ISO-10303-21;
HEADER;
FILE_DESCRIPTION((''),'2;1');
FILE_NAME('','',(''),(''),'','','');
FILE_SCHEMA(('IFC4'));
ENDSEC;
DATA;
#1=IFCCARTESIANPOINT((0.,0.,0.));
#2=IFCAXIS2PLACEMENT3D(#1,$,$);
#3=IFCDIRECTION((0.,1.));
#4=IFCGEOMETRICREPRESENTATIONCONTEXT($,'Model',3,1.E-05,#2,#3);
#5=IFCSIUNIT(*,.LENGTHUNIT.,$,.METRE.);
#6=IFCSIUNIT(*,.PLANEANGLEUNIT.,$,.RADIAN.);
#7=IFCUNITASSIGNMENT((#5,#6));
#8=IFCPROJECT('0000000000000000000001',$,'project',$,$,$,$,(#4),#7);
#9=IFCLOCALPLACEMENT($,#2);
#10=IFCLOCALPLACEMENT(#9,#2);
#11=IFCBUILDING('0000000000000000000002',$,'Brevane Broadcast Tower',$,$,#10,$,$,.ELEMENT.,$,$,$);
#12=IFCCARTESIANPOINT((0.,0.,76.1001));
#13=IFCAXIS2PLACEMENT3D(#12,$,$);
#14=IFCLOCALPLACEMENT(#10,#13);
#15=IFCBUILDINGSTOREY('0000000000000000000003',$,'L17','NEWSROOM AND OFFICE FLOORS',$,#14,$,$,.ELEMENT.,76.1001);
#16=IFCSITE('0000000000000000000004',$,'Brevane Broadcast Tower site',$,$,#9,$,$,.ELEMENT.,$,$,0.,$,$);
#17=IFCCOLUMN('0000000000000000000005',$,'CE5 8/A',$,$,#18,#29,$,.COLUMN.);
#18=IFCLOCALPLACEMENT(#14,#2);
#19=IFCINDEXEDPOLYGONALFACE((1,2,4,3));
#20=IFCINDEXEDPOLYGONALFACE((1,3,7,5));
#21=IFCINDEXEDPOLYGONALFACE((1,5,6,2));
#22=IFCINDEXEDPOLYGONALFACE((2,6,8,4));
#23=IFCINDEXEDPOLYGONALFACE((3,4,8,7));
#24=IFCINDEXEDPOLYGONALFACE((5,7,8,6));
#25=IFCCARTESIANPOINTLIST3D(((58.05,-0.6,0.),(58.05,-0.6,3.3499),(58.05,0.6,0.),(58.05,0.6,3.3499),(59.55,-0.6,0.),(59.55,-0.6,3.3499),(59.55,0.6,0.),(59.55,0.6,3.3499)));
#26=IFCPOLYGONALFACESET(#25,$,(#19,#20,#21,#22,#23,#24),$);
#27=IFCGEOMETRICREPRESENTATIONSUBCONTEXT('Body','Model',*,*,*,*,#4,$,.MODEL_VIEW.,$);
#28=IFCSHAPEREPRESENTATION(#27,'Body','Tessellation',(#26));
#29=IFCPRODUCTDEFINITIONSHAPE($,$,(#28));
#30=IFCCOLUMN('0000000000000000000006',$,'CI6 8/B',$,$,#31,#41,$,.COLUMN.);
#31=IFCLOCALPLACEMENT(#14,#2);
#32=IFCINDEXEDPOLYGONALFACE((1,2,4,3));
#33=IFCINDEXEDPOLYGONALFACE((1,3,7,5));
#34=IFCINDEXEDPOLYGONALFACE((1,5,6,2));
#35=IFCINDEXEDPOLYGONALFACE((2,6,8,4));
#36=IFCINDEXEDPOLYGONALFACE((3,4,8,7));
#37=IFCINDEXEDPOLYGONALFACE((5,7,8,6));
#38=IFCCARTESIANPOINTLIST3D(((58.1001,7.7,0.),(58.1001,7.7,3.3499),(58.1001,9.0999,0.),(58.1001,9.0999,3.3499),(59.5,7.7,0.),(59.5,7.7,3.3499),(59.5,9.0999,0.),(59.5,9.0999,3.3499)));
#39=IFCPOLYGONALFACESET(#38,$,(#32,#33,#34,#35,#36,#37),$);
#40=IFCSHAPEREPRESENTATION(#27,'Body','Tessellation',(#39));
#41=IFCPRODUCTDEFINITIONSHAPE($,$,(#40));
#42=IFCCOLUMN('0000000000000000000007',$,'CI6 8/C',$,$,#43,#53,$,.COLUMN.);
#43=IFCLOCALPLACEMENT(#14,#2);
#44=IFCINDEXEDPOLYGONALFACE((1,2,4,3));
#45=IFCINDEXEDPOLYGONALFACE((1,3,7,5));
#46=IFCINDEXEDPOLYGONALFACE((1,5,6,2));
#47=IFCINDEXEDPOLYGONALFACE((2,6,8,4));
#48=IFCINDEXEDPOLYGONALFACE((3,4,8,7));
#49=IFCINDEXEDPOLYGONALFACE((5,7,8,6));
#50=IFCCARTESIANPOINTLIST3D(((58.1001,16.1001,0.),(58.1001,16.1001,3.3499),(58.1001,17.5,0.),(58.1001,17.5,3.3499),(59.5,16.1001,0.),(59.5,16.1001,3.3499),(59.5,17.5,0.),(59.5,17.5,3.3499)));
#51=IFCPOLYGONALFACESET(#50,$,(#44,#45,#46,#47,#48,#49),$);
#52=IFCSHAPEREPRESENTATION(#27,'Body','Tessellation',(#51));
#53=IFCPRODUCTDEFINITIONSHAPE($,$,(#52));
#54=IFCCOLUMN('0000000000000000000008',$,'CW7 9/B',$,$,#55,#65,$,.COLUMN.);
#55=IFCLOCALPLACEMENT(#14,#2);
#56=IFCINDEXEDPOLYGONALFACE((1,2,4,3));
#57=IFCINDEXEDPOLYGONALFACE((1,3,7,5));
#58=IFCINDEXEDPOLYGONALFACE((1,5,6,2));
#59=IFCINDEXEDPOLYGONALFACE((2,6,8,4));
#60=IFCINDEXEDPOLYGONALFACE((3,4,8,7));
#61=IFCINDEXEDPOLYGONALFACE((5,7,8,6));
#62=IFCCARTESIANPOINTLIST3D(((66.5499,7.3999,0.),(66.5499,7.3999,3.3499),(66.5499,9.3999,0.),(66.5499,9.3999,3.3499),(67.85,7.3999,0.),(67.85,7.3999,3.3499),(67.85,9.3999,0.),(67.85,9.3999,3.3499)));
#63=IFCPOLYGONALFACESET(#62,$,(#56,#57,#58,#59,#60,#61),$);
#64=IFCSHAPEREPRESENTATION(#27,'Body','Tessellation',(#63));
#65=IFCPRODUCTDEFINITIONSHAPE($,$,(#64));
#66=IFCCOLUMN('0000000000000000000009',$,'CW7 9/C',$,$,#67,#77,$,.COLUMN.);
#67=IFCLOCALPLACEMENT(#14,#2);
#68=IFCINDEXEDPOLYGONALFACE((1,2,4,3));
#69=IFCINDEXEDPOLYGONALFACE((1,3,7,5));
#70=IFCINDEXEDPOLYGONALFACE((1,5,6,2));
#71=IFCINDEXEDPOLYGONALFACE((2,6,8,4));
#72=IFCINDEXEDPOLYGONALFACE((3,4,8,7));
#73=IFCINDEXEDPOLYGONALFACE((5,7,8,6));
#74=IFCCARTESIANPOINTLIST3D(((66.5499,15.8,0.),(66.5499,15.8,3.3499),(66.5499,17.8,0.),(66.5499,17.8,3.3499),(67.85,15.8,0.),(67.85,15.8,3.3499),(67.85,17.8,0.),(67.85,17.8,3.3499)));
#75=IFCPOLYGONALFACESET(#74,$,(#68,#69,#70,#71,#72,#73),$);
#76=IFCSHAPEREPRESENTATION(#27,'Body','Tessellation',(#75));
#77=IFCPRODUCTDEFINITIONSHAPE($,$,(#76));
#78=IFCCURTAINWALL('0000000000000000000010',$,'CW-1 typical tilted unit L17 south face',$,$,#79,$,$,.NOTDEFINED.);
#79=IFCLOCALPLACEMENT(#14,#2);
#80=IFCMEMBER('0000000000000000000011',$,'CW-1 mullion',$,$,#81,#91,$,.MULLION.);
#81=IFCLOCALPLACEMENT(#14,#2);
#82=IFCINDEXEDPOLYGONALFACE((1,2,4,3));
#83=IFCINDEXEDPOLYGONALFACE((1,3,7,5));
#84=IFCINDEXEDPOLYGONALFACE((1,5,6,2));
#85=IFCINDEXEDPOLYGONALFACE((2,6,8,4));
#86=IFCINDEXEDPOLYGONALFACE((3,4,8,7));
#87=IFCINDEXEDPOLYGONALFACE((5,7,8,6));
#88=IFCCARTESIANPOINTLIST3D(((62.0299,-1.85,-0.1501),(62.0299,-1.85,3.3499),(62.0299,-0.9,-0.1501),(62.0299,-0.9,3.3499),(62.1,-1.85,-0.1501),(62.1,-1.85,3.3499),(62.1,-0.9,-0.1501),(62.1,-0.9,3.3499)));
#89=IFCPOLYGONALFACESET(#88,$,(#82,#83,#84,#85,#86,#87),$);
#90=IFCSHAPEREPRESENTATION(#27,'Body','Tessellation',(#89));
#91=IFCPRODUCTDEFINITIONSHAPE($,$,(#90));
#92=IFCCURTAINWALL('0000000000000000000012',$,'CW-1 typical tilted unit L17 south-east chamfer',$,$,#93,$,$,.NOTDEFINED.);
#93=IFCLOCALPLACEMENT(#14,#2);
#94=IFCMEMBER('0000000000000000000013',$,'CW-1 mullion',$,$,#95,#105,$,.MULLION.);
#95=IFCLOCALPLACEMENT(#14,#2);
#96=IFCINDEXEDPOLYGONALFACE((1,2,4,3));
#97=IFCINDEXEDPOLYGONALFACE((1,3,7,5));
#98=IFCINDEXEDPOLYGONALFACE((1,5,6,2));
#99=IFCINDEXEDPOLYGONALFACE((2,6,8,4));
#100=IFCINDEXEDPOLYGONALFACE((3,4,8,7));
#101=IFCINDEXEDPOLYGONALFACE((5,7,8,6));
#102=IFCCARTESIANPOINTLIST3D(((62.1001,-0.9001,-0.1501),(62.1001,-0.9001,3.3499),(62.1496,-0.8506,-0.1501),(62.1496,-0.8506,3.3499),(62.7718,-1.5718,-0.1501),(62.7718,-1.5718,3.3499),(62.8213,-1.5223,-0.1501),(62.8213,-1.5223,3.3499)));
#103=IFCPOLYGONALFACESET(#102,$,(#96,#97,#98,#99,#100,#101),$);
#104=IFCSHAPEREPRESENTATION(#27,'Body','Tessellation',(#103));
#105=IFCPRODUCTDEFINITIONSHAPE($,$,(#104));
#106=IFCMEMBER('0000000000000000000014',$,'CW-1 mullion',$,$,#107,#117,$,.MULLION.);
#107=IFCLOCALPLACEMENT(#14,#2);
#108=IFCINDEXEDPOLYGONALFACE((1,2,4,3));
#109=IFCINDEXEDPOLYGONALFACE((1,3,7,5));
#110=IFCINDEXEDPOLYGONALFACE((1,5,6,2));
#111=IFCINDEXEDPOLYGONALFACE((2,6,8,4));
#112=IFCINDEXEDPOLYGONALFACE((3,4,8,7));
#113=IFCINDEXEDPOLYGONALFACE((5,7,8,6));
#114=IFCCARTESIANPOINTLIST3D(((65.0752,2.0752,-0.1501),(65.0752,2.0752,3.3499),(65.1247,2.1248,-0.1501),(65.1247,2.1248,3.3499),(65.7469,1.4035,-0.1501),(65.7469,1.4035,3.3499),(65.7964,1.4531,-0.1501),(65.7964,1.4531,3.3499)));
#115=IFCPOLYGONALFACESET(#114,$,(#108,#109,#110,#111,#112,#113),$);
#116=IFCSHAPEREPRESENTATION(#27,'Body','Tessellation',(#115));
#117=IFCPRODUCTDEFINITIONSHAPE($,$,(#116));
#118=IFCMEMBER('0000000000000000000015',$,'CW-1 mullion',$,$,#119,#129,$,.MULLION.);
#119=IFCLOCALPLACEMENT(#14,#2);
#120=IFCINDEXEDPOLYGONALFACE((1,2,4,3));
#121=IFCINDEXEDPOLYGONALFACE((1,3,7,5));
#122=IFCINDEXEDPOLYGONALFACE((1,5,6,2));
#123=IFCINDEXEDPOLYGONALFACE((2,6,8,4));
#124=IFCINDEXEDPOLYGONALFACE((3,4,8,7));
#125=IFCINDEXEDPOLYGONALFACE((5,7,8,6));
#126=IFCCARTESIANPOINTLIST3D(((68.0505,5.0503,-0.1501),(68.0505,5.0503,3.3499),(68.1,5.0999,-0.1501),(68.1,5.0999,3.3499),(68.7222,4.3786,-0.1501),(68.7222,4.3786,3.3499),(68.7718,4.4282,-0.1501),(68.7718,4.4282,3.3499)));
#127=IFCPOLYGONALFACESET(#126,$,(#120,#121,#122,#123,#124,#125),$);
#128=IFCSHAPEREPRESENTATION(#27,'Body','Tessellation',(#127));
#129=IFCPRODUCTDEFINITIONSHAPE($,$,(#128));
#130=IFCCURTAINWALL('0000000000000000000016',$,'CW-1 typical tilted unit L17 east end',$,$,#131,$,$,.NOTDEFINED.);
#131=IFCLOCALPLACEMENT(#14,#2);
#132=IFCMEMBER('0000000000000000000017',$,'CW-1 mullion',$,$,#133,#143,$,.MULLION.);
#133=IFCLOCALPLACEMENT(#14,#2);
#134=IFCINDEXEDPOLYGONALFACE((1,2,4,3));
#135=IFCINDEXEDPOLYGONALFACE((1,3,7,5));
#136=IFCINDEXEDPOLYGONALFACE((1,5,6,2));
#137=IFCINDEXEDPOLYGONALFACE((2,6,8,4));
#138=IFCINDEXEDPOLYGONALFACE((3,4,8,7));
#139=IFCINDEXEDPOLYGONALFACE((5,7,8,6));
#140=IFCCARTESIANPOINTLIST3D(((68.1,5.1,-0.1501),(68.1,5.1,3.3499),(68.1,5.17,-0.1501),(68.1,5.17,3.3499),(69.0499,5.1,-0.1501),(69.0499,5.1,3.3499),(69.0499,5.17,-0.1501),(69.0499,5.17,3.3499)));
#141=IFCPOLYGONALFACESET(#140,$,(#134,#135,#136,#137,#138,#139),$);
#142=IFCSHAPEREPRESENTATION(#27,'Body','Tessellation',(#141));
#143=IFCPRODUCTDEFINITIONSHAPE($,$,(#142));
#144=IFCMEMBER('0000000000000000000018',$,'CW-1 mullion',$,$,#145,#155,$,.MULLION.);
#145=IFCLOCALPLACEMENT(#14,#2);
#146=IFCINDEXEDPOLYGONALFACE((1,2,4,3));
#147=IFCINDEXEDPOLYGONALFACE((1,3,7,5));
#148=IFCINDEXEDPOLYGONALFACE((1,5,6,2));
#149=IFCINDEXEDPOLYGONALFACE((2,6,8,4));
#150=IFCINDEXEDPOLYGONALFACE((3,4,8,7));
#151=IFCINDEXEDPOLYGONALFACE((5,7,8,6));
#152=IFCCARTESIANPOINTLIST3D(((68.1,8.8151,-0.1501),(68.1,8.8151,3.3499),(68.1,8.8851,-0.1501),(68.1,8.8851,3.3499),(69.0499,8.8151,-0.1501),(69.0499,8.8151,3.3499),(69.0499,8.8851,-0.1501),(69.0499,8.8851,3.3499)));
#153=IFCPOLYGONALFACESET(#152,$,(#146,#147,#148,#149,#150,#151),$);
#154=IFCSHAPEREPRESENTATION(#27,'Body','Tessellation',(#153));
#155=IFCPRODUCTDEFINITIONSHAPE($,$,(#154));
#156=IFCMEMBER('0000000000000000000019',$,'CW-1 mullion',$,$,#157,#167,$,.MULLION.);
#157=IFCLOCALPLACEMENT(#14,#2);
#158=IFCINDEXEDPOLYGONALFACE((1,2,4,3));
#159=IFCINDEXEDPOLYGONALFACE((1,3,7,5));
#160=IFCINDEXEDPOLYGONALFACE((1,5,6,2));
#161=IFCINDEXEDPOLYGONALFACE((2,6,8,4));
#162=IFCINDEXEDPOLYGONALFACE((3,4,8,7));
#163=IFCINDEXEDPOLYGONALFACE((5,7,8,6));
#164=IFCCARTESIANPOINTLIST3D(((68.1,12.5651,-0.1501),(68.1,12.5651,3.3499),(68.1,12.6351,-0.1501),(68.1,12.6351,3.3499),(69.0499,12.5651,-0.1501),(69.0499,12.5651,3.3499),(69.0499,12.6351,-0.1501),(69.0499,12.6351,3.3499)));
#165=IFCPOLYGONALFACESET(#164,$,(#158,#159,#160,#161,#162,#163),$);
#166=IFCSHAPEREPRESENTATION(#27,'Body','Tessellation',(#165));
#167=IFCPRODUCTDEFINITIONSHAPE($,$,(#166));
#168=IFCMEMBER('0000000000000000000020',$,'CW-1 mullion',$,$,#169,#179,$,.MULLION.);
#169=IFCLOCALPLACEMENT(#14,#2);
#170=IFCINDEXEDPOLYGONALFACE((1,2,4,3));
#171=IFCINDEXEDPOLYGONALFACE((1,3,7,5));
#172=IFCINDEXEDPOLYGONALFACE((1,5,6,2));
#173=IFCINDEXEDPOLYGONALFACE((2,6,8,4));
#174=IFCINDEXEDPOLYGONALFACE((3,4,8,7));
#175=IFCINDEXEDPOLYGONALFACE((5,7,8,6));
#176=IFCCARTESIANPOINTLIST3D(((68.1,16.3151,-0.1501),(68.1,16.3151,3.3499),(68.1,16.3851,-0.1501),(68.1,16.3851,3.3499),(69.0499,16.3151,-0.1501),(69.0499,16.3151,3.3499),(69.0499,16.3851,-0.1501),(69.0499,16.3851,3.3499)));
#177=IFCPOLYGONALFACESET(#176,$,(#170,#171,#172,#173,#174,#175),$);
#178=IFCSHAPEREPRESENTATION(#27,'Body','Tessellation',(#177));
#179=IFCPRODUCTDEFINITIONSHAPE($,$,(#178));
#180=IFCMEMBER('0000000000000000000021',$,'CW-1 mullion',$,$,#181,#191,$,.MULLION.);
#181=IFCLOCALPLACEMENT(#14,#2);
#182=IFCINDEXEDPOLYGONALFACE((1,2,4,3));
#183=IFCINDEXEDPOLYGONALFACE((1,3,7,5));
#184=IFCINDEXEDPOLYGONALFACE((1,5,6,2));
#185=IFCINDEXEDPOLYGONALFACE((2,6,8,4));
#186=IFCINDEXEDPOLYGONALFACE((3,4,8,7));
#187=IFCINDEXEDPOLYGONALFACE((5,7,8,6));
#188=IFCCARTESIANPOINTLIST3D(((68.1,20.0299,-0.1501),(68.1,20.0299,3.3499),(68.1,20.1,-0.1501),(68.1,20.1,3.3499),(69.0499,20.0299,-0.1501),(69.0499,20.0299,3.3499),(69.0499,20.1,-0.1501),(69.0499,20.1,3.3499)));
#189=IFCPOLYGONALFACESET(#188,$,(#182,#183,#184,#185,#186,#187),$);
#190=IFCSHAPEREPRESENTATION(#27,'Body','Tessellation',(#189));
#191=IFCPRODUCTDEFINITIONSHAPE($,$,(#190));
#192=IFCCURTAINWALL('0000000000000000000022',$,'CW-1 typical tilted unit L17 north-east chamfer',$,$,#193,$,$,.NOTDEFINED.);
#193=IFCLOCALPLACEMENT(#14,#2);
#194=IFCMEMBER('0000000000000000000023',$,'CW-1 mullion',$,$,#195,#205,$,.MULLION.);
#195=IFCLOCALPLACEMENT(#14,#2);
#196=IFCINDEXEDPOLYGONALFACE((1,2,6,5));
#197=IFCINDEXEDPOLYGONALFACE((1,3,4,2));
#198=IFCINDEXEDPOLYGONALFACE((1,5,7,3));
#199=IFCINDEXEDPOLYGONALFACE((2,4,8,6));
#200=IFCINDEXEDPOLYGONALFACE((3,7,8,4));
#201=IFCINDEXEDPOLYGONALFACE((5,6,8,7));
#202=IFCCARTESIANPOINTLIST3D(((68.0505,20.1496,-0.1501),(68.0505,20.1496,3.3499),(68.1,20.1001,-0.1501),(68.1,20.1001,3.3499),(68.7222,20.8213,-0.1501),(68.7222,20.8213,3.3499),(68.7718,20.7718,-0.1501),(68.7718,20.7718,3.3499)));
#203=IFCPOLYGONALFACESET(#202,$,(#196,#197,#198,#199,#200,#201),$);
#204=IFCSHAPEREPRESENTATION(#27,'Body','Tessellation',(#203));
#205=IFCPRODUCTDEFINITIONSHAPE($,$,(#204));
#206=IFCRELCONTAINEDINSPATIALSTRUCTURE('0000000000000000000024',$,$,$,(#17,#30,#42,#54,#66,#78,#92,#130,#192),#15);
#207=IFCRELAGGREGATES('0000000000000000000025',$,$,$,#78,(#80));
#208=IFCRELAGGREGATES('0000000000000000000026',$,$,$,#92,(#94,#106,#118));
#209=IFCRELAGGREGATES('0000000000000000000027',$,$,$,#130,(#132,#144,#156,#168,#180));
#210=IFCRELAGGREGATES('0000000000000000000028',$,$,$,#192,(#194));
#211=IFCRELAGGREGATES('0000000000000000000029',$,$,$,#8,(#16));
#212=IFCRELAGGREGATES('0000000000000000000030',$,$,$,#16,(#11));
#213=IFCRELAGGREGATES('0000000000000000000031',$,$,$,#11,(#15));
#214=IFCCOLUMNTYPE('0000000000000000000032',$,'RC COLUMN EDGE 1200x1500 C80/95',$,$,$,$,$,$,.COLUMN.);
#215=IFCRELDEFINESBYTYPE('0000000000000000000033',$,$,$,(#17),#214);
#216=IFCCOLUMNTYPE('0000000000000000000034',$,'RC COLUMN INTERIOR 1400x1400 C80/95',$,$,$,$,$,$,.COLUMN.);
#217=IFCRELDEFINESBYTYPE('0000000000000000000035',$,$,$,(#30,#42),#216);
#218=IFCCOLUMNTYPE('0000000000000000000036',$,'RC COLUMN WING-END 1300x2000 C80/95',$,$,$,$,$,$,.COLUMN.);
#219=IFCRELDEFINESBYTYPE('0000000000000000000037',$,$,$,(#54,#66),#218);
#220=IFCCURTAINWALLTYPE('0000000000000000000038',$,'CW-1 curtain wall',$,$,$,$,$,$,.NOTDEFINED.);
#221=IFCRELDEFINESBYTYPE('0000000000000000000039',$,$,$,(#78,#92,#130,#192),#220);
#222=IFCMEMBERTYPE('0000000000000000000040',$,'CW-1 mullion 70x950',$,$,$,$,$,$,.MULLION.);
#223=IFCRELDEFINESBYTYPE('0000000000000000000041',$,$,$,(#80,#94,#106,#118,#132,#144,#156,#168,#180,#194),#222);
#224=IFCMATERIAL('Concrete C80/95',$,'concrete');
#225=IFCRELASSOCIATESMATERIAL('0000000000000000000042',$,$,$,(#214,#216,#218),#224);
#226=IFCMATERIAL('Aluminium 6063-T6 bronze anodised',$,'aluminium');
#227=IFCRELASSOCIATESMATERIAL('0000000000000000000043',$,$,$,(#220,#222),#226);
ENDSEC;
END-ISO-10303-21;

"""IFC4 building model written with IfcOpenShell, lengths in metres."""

from ifc_helpers import new_model, si_unit, direction, frame, origin, origin_2d, place, context, subcontext, project, spatial, rectangle, extrude, material, material_profile, profile_set, type_object, element, aggregate, save


model = new_model("IFC4")

# Units and contexts
model_context = context("Model", 3, precision=1e-05, world=origin(), true_north=direction((0.0, 1.0)))
body_context = subcontext(model_context, "Body", "Model", "MODEL_VIEW")
ifc_project = project(units=[si_unit("LENGTHUNIT", "METRE"), si_unit("PLANEANGLEUNIT", "RADIAN")], contexts=[model_context])

# Site, building, storey
site_placement = place(None, origin())
site = spatial("IfcSite", under=ifc_project, at=site_placement, Name="Brevane Broadcast Tower site", CompositionType="ELEMENT", RefElevation=0.0)
building_placement = place(site_placement, origin())
building = spatial("IfcBuilding", under=site, at=building_placement, Name="Brevane Broadcast Tower", CompositionType="ELEMENT")
storey_placement = place(building_placement, frame((0.0, 0.0, 76.1001)))
storey = spatial("IfcBuildingStorey", under=building, at=storey_placement, Name="L17", Description="NEWSROOM AND OFFICE FLOORS", CompositionType="ELEMENT", Elevation=76.1001)

# Columns
ifc_material_1 = material(Name="Concrete C80/95", Category="concrete")
ifc_material_profile_1 = material_profile(ifc_material_1, rectangle(XDim=1.2, YDim=1.5, at=origin_2d()), Name="RC 1200x1500")
ifc_profile_set_1 = profile_set([ifc_material_profile_1], Name="Concrete C80/95")
column_type_1 = type_object("IfcColumnType", Name="RC COLUMN EDGE 1200x1500 C80/95", PredefinedType="COLUMN", material=ifc_profile_set_1)
column_placement = place(storey_placement, frame((58.8, 0.0, 0.0), z_axis=(0.0, 0.0, 1.0), x_axis=(0.0, 1.0, 0.0)))
element("IfcColumn", 1, at=column_placement, inside=storey, type_object=column_type_1, Name="CE5 8/A", PredefinedType="COLUMN", context=body_context, shape_type="SweptSolid", body=[
    extrude(rectangle(XDim=1.2, YDim=1.5, at=origin_2d()), origin(), (0.0, 0.0, 1.0), 3.3499),
])
ifc_material_profile_2 = material_profile(ifc_material_1, rectangle(XDim=1.3999, YDim=1.3999, at=origin_2d()), Name="RC 1400x1400")
ifc_profile_set_2 = profile_set([ifc_material_profile_2], Name="Concrete C80/95")
column_type_2 = type_object("IfcColumnType", Name="RC COLUMN INTERIOR 1400x1400 C80/95", PredefinedType="COLUMN", material=ifc_profile_set_2)
for number, where, z_axis, x_axis, name in (
    (2, (58.8, 8.3999, 0.0), (0.0, 0.0, 1.0), (1.0, 0.0, 0.0), "CI6 8/B"),
    (3, (58.8, 16.8, 0.0), (0.0, 0.0, 1.0), (1.0, 0.0, 0.0), "CI6 8/C"),
):
    element("IfcColumn", number, at=place(storey_placement, frame(where, z_axis=z_axis, x_axis=x_axis)), inside=storey, type_object=column_type_2, Name=name, PredefinedType="COLUMN", context=body_context, shape_type="SweptSolid", body=[
        extrude(rectangle(XDim=1.3999, YDim=1.3999, at=origin_2d()), origin(), (0.0, 0.0, 1.0), 3.3499),
    ])
ifc_material_profile_3 = material_profile(ifc_material_1, rectangle(XDim=1.3, YDim=2.0, at=origin_2d()), Name="RC 1300x2000")
ifc_profile_set_3 = profile_set([ifc_material_profile_3], Name="Concrete C80/95")
column_type_3 = type_object("IfcColumnType", Name="RC COLUMN WING-END 1300x2000 C80/95", PredefinedType="COLUMN", material=ifc_profile_set_3)
for number, where, z_axis, x_axis, name in (
    (4, (67.2, 8.3999, 0.0), (0.0, 0.0, 1.0), (1.0, 0.0, 0.0), "CW7 9/B"),
    (5, (67.2, 16.8, 0.0), (0.0, 0.0, 1.0), (1.0, 0.0, 0.0), "CW7 9/C"),
):
    element("IfcColumn", number, at=place(storey_placement, frame(where, z_axis=z_axis, x_axis=x_axis)), inside=storey, type_object=column_type_3, Name=name, PredefinedType="COLUMN", context=body_context, shape_type="SweptSolid", body=[
        extrude(rectangle(XDim=1.3, YDim=2.0, at=origin_2d()), origin(), (0.0, 0.0, 1.0), 3.3499),
    ])

# Curtain wall, member
ifc_material_2 = material(Name="Aluminium 6063-T6 bronze anodised", Category="aluminium")
curtain_wall_type = type_object("IfcCurtainWallType", Name="CW-1 curtain wall", PredefinedType="NOTDEFINED", material=ifc_material_2)
curtain_wall_1_placement = place(storey_placement, origin())
curtain_wall_1 = element("IfcCurtainWall", 6, at=curtain_wall_1_placement, inside=storey, type_object=curtain_wall_type, Name="CW-1 typical tilted unit L17 south face", PredefinedType="NOTDEFINED")
ifc_material_profile_4 = material_profile(ifc_material_2, rectangle(XDim=0.95, YDim=0.0701, at=origin_2d()), Name="RECT 70x950")
ifc_profile_set_4 = profile_set([ifc_material_profile_4], Name="Aluminium 6063-T6 bronze anodised")
member_type_1 = type_object("IfcMemberType", Name="CW-1 mullion 70x950", PredefinedType="MULLION", material=ifc_profile_set_4)
member_1_placement = place(storey_placement, frame((62.0649, -1.375, -0.1501), z_axis=(0.0, 0.0, 1.0), x_axis=(0.0, 1.0, 0.0)))
member_1 = element("IfcMember", 7, at=member_1_placement, type_object=member_type_1, Name="CW-1 mullion", PredefinedType="MULLION", context=body_context, shape_type="SweptSolid", body=[
    extrude(rectangle(XDim=0.95, YDim=0.0701, at=origin_2d()), origin(), (0.0, 0.0, 1.0), 3.5),
])
aggregate(curtain_wall_1, [member_1])

# Curtain walls, members
curtain_wall_2_placement = place(storey_placement, origin())
curtain_wall_2 = element("IfcCurtainWall", 8, at=curtain_wall_2_placement, inside=storey, type_object=curtain_wall_type, Name="CW-1 typical tilted unit L17 south-east chamfer", PredefinedType="NOTDEFINED")
member_2_placement = place(storey_placement, frame((62.4607, -1.2112, -0.1501), z_axis=(0.0, 0.0, 1.0), x_axis=(-0.707107, 0.707107, 0.0)))
member_2 = element("IfcMember", 9, at=member_2_placement, type_object=member_type_1, Name="CW-1 mullion", PredefinedType="MULLION", context=body_context, shape_type="SweptSolid", body=[
    extrude(rectangle(XDim=0.95, YDim=0.0701, at=origin_2d()), origin(), (0.0, 0.0, 1.0), 3.5),
])
member_3_placement = place(storey_placement, frame((65.4358, 1.7642, -0.1501), z_axis=(0.0, 0.0, 1.0), x_axis=(-0.707107, 0.707107, 0.0)))
member_3 = element("IfcMember", 10, at=member_3_placement, type_object=member_type_1, Name="CW-1 mullion", PredefinedType="MULLION", context=body_context, shape_type="SweptSolid", body=[
    extrude(rectangle(XDim=0.95, YDim=0.0701, at=origin_2d()), origin(), (0.0, 0.0, 1.0), 3.5),
])
member_4_placement = place(storey_placement, frame((68.4111, 4.7393, -0.1501), z_axis=(0.0, 0.0, 1.0), x_axis=(-0.707107, 0.707107, 0.0)))
member_4 = element("IfcMember", 11, at=member_4_placement, type_object=member_type_1, Name="CW-1 mullion", PredefinedType="MULLION", context=body_context, shape_type="SweptSolid", body=[
    extrude(rectangle(XDim=0.95, YDim=0.0701, at=origin_2d()), origin(), (0.0, 0.0, 1.0), 3.5),
])
curtain_wall_3_placement = place(storey_placement, origin())
curtain_wall_3 = element("IfcCurtainWall", 12, at=curtain_wall_3_placement, inside=storey, type_object=curtain_wall_type, Name="CW-1 typical tilted unit L17 east end", PredefinedType="NOTDEFINED")
member_5_placement = place(storey_placement, frame((68.575, 5.135, -0.1501), z_axis=(0.0, 0.0, 1.0), x_axis=(-1.0, 0.0, 0.0)))
member_5 = element("IfcMember", 13, at=member_5_placement, type_object=member_type_1, Name="CW-1 mullion", PredefinedType="MULLION", context=body_context, shape_type="SweptSolid", body=[
    extrude(rectangle(XDim=0.95, YDim=0.0701, at=origin_2d()), origin(), (0.0, 0.0, 1.0), 3.5),
])
member_6_placement = place(storey_placement, frame((68.575, 8.8501, -0.1501), z_axis=(0.0, 0.0, 1.0), x_axis=(-1.0, 0.0, 0.0)))
member_6 = element("IfcMember", 14, at=member_6_placement, type_object=member_type_1, Name="CW-1 mullion", PredefinedType="MULLION", context=body_context, shape_type="SweptSolid", body=[
    extrude(rectangle(XDim=0.95, YDim=0.0701, at=origin_2d()), origin(), (0.0, 0.0, 1.0), 3.5),
])
member_7_placement = place(storey_placement, frame((68.575, 12.6001, -0.1501), z_axis=(0.0, 0.0, 1.0), x_axis=(-1.0, 0.0, 0.0)))
member_7 = element("IfcMember", 15, at=member_7_placement, type_object=member_type_1, Name="CW-1 mullion", PredefinedType="MULLION", context=body_context, shape_type="SweptSolid", body=[
    extrude(rectangle(XDim=0.95, YDim=0.0701, at=origin_2d()), origin(), (0.0, 0.0, 1.0), 3.5),
])
member_8_placement = place(storey_placement, frame((68.575, 16.3501, -0.1501), z_axis=(0.0, 0.0, 1.0), x_axis=(-1.0, 0.0, 0.0)))
member_8 = element("IfcMember", 16, at=member_8_placement, type_object=member_type_1, Name="CW-1 mullion", PredefinedType="MULLION", context=body_context, shape_type="SweptSolid", body=[
    extrude(rectangle(XDim=0.95, YDim=0.0701, at=origin_2d()), origin(), (0.0, 0.0, 1.0), 3.5),
])
member_9_placement = place(storey_placement, frame((68.575, 20.0649, -0.1501), z_axis=(0.0, 0.0, 1.0), x_axis=(-1.0, 0.0, 0.0)))
member_9 = element("IfcMember", 17, at=member_9_placement, type_object=member_type_1, Name="CW-1 mullion", PredefinedType="MULLION", context=body_context, shape_type="SweptSolid", body=[
    extrude(rectangle(XDim=0.95, YDim=0.0701, at=origin_2d()), origin(), (0.0, 0.0, 1.0), 3.5),
])
curtain_wall_4_placement = place(storey_placement, origin())
curtain_wall_4 = element("IfcCurtainWall", 18, at=curtain_wall_4_placement, inside=storey, type_object=curtain_wall_type, Name="CW-1 typical tilted unit L17 north-east chamfer", PredefinedType="NOTDEFINED")
member_10_placement = place(storey_placement, frame((68.4111, 20.4607, -0.1501), z_axis=(0.0, 0.0, 1.0), x_axis=(-0.707107, -0.707107, 0.0)))
member_10 = element("IfcMember", 19, at=member_10_placement, type_object=member_type_1, Name="CW-1 mullion", PredefinedType="MULLION", context=body_context, shape_type="SweptSolid", body=[
    extrude(rectangle(XDim=0.95, YDim=0.0701, at=origin_2d()), origin(), (0.0, 0.0, 1.0), 3.5),
])

aggregate(curtain_wall_2, [member_2, member_3, member_4])
aggregate(curtain_wall_3, [member_5, member_6, member_7, member_8, member_9])
aggregate(curtain_wall_4, [member_10])

save(model, "model.ifc")
